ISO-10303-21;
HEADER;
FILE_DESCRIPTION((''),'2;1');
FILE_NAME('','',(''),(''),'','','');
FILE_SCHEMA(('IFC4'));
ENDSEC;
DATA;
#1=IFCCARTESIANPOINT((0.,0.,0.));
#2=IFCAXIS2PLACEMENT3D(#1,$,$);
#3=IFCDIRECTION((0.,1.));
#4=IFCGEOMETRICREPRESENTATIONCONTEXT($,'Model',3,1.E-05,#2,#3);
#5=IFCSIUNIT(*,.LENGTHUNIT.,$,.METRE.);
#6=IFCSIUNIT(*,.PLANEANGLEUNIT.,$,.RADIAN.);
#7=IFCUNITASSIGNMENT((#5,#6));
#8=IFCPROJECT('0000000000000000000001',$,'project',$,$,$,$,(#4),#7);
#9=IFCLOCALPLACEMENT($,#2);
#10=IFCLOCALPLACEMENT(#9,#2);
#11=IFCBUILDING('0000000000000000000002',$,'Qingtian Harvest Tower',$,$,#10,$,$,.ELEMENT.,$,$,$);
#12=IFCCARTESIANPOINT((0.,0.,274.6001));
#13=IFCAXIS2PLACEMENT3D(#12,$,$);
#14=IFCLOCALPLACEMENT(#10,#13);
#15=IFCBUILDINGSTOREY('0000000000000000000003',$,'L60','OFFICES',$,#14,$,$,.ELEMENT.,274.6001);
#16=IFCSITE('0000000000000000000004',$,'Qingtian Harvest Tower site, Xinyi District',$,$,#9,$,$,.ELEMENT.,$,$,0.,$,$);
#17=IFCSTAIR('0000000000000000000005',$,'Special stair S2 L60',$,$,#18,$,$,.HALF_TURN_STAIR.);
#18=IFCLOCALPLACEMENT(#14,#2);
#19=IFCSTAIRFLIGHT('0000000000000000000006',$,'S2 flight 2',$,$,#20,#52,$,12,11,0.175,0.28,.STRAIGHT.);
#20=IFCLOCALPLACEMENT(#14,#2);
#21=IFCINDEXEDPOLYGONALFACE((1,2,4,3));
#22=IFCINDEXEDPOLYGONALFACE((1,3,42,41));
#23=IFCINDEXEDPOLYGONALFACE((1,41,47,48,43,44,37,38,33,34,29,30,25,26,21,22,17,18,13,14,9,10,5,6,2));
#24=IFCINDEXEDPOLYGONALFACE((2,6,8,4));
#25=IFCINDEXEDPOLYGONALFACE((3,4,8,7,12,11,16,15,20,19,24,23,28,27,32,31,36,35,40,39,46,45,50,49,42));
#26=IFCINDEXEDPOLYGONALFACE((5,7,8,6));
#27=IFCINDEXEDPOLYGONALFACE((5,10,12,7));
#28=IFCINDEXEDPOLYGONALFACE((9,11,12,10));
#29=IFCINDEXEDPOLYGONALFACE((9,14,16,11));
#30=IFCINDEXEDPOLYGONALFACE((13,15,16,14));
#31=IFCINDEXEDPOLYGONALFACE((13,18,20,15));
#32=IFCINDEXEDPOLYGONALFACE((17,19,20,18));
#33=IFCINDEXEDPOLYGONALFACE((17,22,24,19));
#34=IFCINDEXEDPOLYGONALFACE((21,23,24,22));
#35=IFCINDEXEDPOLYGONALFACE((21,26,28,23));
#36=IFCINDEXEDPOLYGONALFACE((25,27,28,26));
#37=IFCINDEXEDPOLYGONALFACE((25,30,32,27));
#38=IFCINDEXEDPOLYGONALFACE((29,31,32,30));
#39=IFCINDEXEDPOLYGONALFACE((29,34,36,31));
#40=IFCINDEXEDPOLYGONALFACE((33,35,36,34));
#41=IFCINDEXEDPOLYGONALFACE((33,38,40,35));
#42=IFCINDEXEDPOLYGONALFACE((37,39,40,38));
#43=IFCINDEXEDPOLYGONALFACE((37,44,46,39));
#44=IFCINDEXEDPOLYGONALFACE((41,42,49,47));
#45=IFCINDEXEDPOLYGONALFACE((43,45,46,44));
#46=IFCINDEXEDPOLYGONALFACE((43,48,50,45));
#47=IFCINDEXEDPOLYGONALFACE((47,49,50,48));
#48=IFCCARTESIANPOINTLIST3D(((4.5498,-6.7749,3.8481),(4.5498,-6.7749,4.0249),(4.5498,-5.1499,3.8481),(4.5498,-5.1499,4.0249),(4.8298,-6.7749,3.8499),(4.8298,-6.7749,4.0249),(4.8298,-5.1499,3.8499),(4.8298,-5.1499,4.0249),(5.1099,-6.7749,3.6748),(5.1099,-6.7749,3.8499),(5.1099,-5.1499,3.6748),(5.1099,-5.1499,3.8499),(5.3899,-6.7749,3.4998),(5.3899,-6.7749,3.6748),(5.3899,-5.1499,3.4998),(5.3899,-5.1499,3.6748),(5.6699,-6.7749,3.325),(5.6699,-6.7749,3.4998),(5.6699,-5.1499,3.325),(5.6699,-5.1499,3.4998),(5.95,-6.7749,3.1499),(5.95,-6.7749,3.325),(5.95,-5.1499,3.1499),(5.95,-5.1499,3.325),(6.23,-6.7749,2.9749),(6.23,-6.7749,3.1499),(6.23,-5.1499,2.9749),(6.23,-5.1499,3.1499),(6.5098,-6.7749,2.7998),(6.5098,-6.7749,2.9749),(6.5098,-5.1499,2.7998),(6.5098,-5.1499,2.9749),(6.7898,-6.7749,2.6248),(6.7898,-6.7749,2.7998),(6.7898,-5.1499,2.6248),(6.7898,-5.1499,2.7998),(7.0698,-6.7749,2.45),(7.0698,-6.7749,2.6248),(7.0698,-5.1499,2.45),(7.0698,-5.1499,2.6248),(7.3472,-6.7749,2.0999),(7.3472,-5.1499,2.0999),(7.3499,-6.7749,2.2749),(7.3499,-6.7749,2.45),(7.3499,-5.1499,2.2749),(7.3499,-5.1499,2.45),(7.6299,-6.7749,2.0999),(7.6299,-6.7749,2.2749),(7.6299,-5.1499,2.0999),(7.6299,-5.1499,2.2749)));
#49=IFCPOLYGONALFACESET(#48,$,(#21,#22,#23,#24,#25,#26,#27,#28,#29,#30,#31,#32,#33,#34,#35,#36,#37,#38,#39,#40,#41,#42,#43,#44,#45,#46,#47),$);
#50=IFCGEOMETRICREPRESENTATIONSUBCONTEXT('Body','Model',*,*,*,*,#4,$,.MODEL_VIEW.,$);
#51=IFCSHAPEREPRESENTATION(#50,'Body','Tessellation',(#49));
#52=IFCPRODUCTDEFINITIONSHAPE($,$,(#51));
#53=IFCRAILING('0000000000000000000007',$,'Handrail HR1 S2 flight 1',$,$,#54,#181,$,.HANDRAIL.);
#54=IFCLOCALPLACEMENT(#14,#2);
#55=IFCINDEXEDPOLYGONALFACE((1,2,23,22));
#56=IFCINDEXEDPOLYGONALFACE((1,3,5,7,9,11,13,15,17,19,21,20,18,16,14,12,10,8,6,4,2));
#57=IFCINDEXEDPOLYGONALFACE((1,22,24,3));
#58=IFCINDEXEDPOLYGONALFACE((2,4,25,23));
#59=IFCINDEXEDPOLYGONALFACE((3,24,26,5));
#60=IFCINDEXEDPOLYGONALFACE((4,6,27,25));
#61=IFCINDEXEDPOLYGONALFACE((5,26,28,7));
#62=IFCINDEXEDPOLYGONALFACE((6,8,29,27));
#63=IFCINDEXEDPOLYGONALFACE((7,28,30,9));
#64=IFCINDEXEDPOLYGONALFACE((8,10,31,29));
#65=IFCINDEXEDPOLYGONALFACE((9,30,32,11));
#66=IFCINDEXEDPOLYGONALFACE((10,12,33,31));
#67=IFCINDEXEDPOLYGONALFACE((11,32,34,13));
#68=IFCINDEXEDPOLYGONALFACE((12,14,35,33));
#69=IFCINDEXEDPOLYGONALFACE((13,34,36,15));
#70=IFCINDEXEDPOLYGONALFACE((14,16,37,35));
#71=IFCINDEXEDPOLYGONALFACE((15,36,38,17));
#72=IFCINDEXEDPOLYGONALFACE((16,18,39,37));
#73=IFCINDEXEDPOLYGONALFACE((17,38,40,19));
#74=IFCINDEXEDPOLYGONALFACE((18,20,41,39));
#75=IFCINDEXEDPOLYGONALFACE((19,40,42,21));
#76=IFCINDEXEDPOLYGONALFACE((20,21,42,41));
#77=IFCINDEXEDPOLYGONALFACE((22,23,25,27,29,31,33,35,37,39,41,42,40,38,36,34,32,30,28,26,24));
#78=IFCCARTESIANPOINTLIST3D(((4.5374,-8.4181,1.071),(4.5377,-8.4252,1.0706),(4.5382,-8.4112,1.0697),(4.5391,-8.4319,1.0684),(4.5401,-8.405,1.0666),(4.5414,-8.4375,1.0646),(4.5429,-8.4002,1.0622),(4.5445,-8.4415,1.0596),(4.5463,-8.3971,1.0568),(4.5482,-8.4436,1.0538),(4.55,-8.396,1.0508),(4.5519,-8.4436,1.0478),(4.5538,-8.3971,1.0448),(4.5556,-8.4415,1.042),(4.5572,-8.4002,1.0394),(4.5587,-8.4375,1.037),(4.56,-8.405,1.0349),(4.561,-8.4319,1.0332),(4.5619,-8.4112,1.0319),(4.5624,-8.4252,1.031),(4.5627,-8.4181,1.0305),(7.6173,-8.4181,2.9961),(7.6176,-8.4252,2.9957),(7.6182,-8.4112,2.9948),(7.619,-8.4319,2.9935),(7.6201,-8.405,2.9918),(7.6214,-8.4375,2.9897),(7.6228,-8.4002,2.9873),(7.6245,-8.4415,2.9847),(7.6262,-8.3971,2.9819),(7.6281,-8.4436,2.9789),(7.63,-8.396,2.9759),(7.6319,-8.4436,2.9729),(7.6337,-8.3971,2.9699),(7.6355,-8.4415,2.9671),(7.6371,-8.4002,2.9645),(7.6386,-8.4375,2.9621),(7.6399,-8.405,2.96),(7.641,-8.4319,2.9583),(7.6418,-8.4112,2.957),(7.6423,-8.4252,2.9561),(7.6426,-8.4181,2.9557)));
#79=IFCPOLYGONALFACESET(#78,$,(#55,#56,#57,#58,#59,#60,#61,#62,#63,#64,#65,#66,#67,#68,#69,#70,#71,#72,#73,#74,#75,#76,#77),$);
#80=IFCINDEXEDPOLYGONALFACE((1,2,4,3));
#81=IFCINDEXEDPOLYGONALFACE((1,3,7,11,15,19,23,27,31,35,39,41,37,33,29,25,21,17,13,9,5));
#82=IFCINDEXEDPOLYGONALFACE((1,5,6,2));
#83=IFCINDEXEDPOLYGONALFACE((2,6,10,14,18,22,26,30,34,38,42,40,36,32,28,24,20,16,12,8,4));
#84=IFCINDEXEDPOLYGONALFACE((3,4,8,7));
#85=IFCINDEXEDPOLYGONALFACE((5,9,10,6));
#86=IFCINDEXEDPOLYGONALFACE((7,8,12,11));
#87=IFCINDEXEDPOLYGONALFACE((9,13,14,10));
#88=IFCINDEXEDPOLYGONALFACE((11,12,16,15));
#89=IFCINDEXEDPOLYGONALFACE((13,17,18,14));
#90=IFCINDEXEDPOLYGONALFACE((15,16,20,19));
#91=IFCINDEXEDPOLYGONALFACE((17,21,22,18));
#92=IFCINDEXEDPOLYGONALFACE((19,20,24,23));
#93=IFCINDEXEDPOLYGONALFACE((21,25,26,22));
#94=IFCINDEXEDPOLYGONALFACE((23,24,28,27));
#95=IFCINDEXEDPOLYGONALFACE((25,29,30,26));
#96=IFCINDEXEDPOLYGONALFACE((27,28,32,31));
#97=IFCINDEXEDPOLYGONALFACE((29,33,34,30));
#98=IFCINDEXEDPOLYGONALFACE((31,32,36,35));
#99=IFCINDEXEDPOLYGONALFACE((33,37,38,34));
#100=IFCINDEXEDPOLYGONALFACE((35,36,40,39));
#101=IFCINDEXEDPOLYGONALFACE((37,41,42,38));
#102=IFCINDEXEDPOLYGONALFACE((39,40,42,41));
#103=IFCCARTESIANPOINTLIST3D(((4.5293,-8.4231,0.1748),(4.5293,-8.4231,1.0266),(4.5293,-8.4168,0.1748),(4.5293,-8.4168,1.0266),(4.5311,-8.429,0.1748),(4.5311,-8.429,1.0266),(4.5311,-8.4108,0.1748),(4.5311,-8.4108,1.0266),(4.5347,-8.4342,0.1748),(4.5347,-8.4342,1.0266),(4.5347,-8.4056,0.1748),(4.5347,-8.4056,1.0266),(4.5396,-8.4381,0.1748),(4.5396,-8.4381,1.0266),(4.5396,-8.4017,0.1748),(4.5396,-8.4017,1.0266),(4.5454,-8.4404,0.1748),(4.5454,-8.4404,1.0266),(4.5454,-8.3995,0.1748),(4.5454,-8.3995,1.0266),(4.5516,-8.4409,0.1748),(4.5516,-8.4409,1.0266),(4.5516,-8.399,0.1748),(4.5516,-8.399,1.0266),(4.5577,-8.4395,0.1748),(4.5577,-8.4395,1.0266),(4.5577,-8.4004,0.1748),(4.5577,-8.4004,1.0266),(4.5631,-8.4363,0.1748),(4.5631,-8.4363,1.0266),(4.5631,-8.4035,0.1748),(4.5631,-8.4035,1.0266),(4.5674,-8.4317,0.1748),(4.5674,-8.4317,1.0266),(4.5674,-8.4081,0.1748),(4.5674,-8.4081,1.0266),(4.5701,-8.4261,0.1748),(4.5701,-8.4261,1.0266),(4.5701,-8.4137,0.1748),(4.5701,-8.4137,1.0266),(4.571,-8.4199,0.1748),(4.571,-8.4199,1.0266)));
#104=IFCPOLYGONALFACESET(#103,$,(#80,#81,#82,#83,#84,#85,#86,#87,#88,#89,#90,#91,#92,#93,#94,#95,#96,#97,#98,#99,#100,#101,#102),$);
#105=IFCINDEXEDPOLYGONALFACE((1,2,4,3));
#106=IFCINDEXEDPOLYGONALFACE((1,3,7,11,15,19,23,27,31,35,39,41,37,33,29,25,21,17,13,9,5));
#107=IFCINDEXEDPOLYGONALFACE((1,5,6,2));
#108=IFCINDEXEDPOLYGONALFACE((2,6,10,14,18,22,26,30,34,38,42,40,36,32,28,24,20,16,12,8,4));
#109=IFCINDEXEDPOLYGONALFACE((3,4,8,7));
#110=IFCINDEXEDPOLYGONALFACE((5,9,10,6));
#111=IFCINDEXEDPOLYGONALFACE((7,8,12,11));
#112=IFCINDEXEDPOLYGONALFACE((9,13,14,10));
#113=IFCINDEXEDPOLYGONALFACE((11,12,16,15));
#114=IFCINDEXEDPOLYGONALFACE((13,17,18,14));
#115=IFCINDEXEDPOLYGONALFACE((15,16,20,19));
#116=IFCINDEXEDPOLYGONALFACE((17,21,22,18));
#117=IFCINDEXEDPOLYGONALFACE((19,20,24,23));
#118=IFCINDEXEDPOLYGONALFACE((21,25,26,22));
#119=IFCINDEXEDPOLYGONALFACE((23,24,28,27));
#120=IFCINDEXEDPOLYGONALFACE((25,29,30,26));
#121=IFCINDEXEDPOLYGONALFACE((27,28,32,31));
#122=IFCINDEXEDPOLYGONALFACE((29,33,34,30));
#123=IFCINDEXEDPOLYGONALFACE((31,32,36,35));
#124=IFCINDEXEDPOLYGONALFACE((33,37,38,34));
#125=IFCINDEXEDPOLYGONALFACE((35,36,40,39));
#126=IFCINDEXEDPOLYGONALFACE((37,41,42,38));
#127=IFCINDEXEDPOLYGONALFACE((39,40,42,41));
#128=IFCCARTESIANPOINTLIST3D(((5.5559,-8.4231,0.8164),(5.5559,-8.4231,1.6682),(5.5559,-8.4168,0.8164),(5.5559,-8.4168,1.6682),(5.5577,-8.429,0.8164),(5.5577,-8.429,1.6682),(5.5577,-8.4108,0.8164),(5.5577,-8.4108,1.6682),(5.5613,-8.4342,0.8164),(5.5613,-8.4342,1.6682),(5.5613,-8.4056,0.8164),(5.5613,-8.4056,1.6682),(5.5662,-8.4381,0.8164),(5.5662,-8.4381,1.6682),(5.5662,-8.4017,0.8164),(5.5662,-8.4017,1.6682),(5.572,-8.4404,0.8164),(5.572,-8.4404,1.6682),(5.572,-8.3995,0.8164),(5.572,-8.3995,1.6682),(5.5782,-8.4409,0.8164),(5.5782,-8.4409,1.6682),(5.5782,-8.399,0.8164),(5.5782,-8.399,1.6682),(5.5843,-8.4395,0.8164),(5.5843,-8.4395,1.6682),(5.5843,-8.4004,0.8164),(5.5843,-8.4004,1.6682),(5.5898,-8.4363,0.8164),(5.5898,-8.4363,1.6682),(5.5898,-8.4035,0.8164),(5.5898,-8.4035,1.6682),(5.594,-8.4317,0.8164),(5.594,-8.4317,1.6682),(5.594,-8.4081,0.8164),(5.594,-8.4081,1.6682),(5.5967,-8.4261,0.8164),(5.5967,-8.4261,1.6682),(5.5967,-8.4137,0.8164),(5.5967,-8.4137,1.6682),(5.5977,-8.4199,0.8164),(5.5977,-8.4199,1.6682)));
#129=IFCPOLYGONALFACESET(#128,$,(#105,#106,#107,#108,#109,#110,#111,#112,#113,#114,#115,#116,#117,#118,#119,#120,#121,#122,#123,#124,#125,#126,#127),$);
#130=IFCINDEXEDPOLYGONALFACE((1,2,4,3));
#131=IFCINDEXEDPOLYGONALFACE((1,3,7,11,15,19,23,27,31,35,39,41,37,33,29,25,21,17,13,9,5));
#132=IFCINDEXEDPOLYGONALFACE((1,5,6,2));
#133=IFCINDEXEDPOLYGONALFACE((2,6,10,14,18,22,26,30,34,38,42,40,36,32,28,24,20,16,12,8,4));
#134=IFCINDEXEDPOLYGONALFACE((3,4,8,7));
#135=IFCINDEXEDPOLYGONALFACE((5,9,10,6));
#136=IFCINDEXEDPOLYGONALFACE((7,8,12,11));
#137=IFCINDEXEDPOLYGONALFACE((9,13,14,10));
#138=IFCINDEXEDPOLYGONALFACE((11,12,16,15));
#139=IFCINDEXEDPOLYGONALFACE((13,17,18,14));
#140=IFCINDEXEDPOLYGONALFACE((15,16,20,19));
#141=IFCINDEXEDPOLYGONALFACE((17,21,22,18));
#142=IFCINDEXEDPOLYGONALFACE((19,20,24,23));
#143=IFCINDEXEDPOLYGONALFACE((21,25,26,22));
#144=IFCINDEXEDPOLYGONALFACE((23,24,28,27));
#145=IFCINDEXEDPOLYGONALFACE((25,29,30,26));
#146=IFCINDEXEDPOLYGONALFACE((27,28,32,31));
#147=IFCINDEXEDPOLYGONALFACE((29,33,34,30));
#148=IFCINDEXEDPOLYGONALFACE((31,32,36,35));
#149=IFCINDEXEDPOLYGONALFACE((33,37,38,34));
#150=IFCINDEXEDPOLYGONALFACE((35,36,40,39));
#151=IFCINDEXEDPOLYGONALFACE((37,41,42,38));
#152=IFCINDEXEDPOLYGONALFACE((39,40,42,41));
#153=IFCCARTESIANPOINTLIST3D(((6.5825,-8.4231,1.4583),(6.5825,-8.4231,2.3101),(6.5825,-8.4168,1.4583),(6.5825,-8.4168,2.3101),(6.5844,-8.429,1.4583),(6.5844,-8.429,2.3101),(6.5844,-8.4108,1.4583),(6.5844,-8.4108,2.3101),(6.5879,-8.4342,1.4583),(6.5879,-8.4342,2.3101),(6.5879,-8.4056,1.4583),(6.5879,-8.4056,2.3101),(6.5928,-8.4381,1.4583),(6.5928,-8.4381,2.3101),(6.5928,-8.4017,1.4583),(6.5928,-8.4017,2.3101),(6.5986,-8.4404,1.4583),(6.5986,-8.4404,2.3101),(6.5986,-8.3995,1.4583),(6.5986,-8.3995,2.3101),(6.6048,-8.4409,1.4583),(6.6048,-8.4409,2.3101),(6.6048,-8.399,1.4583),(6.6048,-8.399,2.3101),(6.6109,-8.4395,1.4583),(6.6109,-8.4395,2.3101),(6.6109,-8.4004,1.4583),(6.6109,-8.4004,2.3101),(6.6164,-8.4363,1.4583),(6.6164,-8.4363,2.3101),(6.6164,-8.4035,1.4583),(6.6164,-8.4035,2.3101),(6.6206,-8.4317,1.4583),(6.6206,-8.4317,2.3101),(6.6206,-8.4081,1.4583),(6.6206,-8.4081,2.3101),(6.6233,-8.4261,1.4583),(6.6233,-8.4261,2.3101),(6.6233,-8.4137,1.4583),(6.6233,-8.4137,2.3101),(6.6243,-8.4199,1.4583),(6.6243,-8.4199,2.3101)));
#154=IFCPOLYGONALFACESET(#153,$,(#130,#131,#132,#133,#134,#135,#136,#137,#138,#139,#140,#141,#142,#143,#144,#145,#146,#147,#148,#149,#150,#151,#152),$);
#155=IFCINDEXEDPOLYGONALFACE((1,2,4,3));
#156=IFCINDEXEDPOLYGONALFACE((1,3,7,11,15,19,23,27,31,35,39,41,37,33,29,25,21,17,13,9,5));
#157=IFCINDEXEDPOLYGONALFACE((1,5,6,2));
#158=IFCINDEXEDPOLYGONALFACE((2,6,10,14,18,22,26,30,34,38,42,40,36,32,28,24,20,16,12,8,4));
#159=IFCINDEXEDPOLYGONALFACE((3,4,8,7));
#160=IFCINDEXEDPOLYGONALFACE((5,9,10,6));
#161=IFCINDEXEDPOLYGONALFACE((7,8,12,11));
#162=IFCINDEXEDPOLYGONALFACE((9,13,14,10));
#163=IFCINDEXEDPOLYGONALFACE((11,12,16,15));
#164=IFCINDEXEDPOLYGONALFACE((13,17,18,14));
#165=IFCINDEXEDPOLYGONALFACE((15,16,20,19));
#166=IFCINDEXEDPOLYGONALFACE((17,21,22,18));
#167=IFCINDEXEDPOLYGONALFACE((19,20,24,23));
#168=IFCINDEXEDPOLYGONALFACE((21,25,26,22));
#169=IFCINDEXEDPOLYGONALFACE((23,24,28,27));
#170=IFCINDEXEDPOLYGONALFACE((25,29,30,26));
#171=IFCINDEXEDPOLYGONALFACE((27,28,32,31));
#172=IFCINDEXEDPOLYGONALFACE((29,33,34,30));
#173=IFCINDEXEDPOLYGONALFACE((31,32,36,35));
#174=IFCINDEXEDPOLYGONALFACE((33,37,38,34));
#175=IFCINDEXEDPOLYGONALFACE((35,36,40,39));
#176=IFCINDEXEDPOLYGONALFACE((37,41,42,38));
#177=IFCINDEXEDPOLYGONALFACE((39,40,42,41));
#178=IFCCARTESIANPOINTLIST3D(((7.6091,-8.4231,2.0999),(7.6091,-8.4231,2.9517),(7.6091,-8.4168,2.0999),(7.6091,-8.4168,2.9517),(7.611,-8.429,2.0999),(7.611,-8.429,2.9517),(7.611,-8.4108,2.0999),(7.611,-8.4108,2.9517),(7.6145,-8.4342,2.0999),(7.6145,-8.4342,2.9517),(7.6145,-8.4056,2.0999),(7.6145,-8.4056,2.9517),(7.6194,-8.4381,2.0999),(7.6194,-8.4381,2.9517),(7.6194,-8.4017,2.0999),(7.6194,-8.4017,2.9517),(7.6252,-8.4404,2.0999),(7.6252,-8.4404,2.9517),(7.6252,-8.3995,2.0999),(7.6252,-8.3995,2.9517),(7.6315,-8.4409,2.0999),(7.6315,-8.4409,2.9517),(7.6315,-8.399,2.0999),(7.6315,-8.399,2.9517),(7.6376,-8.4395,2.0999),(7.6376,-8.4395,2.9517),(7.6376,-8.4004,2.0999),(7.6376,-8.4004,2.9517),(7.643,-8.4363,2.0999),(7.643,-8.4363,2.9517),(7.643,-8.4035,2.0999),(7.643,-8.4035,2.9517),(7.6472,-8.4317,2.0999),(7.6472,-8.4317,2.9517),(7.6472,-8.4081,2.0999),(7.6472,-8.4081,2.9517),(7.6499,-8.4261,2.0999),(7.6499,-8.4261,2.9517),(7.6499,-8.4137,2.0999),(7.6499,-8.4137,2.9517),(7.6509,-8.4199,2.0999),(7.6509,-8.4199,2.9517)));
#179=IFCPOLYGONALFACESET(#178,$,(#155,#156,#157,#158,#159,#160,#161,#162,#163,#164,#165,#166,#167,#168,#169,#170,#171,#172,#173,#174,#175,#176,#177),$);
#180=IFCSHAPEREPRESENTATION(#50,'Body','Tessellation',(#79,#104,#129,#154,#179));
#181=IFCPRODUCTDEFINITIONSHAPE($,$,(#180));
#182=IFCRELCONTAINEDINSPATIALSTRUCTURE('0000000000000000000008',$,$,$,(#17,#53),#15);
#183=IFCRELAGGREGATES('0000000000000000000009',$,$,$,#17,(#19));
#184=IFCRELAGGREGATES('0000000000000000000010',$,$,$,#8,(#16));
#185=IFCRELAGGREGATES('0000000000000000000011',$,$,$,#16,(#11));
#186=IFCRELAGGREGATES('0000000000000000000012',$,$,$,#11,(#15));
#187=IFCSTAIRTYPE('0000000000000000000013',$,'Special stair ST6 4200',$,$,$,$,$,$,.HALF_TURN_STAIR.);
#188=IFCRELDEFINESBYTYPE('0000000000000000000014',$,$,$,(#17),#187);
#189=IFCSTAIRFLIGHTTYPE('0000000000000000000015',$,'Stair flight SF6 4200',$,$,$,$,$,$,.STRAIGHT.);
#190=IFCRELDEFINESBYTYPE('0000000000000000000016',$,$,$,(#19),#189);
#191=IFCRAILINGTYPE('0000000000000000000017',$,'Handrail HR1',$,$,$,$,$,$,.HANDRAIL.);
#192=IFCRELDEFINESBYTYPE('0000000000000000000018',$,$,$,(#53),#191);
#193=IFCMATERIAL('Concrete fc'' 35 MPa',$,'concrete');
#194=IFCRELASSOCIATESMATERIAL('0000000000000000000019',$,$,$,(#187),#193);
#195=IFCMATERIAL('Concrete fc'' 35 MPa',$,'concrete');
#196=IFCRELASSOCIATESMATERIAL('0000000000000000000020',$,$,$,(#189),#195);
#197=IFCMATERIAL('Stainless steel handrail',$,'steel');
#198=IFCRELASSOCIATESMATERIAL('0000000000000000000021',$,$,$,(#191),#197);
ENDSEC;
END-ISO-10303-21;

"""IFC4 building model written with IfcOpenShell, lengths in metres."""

from ifc_helpers import new_model, si_unit, direction, frame, origin, origin_2d, place, context, subcontext, project, spatial, polyline, circle, outline, extrude, material, type_object, element, aggregate, save


model = new_model("IFC4")

# Units and contexts
model_context = context("Model", 3, precision=1e-05, world=origin(), true_north=direction((0.0, 1.0)))
body_context = subcontext(model_context, "Body", "Model", "MODEL_VIEW")
ifc_project = project(units=[si_unit("LENGTHUNIT", "METRE"), si_unit("PLANEANGLEUNIT", "RADIAN")], contexts=[model_context])

# Site, building, storey
site_placement = place(None, origin())
site = spatial("IfcSite", under=ifc_project, at=site_placement, Name="Qingtian Harvest Tower site, Xinyi District", CompositionType="ELEMENT", RefElevation=0.0)
building_placement = place(site_placement, origin())
building = spatial("IfcBuilding", under=site, at=building_placement, Name="Qingtian Harvest Tower", CompositionType="ELEMENT")
storey_placement = place(building_placement, frame((0.0, 0.0, 274.6001)))
storey = spatial("IfcBuildingStorey", under=building, at=storey_placement, Name="L60", Description="OFFICES", CompositionType="ELEMENT", Elevation=274.6001)

# Stair, stair flight
ifc_material_1 = material(Name="Concrete fc' 35 MPa", Category="concrete")
stair_type = type_object("IfcStairType", Name="Special stair ST6 4200", PredefinedType="HALF_TURN_STAIR", material=ifc_material_1)
stair_placement = place(storey_placement, origin())
stair = element("IfcStair", 1, at=stair_placement, inside=storey, type_object=stair_type, Name="Special stair S2 L60", PredefinedType="HALF_TURN_STAIR")
ifc_material_2 = material(Name="Concrete fc' 35 MPa", Category="concrete")
stair_flight_type = type_object("IfcStairFlightType", Name="Stair flight SF6 4200", PredefinedType="STRAIGHT", material=ifc_material_2)
stair_flight_1_placement = place(storey_placement, frame((7.6299, -5.9624, 2.0999), z_axis=(0.0, 0.0, 1.0), x_axis=(-1.0, 0.0, 0.0)))
stair_flight_1 = element("IfcStairFlight", 2, at=stair_flight_1_placement, type_object=stair_flight_type, Name="S2 flight 2", NumberOfRisers=12, NumberOfTreads=11, PredefinedType="STRAIGHT", RiserHeight=0.175, TreadLength=0.28, context=body_context, shape_type="SweptSolid", body=[
    extrude(outline(polyline([(0.0, 0.0), (0.0, 0.175), (0.28, 0.175), (0.28, 0.3501), (0.5601, 0.3501), (0.5601, 0.5249), (0.8401, 0.5249), (0.8401, 0.7), (1.1201, 0.7), (1.1201, 0.875), (1.3999, 0.875), (1.3999, 1.05), (1.6799, 1.05), (1.6799, 1.2251), (1.96, 1.2251), (1.96, 1.3999), (2.24, 1.3999), (2.24, 1.575), (2.52, 1.575), (2.52, 1.75), (2.8, 1.75), (2.8, 1.925), (3.0801, 1.925), (3.0801, 2.1001), (3.0801, 1.7483), (0.2827, 0.0), (0.0, 0.0)])), frame((0.0, 0.8125, 0.0), z_axis=(0.0, -1.0, 0.0), x_axis=(1.0, 0.0, 0.0)), (0.0, 0.0, 1.0), 1.625),
])
aggregate(stair, [stair_flight_1])

# Railing
ifc_material_3 = material(Name="Stainless steel handrail", Category="steel")
railing_type = type_object("IfcRailingType", Name="Handrail HR1", PredefinedType="HANDRAIL", material=ifc_material_3)
railing_1_placement = place(storey_placement, frame((4.55, -8.4199, 0.1748)))
element("IfcRailing", 3, at=railing_1_placement, inside=storey, type_object=railing_type, Name="Handrail HR1 S2 flight 1", PredefinedType="HANDRAIL", context=body_context, shape_type="SweptSolid", body=[
    extrude(circle(Radius=0.0239, at=origin_2d()), frame((0.0, 0.0, 0.876), z_axis=(0.847979, 0.0, 0.530029), x_axis=(0.0, 1.0, 0.0)), (0.0, 0.0, 1.0), 3.6321),
    extrude(circle(Radius=0.021, at=origin_2d()), origin(), (0.0, 0.0, 1.0), 0.8518),
    extrude(circle(Radius=0.021, at=origin_2d()), frame((1.0266, 0.0, 0.6416)), (0.0, 0.0, 1.0), 0.8518),
    extrude(circle(Radius=0.021, at=origin_2d()), frame((2.0532, 0.0, 1.2834)), (0.0, 0.0, 1.0), 0.8518),
    extrude(circle(Radius=0.021, at=origin_2d()), frame((3.0798, 0.0, 1.925)), (0.0, 0.0, 1.0), 0.8518),
])

save(model, "model.ifc")
